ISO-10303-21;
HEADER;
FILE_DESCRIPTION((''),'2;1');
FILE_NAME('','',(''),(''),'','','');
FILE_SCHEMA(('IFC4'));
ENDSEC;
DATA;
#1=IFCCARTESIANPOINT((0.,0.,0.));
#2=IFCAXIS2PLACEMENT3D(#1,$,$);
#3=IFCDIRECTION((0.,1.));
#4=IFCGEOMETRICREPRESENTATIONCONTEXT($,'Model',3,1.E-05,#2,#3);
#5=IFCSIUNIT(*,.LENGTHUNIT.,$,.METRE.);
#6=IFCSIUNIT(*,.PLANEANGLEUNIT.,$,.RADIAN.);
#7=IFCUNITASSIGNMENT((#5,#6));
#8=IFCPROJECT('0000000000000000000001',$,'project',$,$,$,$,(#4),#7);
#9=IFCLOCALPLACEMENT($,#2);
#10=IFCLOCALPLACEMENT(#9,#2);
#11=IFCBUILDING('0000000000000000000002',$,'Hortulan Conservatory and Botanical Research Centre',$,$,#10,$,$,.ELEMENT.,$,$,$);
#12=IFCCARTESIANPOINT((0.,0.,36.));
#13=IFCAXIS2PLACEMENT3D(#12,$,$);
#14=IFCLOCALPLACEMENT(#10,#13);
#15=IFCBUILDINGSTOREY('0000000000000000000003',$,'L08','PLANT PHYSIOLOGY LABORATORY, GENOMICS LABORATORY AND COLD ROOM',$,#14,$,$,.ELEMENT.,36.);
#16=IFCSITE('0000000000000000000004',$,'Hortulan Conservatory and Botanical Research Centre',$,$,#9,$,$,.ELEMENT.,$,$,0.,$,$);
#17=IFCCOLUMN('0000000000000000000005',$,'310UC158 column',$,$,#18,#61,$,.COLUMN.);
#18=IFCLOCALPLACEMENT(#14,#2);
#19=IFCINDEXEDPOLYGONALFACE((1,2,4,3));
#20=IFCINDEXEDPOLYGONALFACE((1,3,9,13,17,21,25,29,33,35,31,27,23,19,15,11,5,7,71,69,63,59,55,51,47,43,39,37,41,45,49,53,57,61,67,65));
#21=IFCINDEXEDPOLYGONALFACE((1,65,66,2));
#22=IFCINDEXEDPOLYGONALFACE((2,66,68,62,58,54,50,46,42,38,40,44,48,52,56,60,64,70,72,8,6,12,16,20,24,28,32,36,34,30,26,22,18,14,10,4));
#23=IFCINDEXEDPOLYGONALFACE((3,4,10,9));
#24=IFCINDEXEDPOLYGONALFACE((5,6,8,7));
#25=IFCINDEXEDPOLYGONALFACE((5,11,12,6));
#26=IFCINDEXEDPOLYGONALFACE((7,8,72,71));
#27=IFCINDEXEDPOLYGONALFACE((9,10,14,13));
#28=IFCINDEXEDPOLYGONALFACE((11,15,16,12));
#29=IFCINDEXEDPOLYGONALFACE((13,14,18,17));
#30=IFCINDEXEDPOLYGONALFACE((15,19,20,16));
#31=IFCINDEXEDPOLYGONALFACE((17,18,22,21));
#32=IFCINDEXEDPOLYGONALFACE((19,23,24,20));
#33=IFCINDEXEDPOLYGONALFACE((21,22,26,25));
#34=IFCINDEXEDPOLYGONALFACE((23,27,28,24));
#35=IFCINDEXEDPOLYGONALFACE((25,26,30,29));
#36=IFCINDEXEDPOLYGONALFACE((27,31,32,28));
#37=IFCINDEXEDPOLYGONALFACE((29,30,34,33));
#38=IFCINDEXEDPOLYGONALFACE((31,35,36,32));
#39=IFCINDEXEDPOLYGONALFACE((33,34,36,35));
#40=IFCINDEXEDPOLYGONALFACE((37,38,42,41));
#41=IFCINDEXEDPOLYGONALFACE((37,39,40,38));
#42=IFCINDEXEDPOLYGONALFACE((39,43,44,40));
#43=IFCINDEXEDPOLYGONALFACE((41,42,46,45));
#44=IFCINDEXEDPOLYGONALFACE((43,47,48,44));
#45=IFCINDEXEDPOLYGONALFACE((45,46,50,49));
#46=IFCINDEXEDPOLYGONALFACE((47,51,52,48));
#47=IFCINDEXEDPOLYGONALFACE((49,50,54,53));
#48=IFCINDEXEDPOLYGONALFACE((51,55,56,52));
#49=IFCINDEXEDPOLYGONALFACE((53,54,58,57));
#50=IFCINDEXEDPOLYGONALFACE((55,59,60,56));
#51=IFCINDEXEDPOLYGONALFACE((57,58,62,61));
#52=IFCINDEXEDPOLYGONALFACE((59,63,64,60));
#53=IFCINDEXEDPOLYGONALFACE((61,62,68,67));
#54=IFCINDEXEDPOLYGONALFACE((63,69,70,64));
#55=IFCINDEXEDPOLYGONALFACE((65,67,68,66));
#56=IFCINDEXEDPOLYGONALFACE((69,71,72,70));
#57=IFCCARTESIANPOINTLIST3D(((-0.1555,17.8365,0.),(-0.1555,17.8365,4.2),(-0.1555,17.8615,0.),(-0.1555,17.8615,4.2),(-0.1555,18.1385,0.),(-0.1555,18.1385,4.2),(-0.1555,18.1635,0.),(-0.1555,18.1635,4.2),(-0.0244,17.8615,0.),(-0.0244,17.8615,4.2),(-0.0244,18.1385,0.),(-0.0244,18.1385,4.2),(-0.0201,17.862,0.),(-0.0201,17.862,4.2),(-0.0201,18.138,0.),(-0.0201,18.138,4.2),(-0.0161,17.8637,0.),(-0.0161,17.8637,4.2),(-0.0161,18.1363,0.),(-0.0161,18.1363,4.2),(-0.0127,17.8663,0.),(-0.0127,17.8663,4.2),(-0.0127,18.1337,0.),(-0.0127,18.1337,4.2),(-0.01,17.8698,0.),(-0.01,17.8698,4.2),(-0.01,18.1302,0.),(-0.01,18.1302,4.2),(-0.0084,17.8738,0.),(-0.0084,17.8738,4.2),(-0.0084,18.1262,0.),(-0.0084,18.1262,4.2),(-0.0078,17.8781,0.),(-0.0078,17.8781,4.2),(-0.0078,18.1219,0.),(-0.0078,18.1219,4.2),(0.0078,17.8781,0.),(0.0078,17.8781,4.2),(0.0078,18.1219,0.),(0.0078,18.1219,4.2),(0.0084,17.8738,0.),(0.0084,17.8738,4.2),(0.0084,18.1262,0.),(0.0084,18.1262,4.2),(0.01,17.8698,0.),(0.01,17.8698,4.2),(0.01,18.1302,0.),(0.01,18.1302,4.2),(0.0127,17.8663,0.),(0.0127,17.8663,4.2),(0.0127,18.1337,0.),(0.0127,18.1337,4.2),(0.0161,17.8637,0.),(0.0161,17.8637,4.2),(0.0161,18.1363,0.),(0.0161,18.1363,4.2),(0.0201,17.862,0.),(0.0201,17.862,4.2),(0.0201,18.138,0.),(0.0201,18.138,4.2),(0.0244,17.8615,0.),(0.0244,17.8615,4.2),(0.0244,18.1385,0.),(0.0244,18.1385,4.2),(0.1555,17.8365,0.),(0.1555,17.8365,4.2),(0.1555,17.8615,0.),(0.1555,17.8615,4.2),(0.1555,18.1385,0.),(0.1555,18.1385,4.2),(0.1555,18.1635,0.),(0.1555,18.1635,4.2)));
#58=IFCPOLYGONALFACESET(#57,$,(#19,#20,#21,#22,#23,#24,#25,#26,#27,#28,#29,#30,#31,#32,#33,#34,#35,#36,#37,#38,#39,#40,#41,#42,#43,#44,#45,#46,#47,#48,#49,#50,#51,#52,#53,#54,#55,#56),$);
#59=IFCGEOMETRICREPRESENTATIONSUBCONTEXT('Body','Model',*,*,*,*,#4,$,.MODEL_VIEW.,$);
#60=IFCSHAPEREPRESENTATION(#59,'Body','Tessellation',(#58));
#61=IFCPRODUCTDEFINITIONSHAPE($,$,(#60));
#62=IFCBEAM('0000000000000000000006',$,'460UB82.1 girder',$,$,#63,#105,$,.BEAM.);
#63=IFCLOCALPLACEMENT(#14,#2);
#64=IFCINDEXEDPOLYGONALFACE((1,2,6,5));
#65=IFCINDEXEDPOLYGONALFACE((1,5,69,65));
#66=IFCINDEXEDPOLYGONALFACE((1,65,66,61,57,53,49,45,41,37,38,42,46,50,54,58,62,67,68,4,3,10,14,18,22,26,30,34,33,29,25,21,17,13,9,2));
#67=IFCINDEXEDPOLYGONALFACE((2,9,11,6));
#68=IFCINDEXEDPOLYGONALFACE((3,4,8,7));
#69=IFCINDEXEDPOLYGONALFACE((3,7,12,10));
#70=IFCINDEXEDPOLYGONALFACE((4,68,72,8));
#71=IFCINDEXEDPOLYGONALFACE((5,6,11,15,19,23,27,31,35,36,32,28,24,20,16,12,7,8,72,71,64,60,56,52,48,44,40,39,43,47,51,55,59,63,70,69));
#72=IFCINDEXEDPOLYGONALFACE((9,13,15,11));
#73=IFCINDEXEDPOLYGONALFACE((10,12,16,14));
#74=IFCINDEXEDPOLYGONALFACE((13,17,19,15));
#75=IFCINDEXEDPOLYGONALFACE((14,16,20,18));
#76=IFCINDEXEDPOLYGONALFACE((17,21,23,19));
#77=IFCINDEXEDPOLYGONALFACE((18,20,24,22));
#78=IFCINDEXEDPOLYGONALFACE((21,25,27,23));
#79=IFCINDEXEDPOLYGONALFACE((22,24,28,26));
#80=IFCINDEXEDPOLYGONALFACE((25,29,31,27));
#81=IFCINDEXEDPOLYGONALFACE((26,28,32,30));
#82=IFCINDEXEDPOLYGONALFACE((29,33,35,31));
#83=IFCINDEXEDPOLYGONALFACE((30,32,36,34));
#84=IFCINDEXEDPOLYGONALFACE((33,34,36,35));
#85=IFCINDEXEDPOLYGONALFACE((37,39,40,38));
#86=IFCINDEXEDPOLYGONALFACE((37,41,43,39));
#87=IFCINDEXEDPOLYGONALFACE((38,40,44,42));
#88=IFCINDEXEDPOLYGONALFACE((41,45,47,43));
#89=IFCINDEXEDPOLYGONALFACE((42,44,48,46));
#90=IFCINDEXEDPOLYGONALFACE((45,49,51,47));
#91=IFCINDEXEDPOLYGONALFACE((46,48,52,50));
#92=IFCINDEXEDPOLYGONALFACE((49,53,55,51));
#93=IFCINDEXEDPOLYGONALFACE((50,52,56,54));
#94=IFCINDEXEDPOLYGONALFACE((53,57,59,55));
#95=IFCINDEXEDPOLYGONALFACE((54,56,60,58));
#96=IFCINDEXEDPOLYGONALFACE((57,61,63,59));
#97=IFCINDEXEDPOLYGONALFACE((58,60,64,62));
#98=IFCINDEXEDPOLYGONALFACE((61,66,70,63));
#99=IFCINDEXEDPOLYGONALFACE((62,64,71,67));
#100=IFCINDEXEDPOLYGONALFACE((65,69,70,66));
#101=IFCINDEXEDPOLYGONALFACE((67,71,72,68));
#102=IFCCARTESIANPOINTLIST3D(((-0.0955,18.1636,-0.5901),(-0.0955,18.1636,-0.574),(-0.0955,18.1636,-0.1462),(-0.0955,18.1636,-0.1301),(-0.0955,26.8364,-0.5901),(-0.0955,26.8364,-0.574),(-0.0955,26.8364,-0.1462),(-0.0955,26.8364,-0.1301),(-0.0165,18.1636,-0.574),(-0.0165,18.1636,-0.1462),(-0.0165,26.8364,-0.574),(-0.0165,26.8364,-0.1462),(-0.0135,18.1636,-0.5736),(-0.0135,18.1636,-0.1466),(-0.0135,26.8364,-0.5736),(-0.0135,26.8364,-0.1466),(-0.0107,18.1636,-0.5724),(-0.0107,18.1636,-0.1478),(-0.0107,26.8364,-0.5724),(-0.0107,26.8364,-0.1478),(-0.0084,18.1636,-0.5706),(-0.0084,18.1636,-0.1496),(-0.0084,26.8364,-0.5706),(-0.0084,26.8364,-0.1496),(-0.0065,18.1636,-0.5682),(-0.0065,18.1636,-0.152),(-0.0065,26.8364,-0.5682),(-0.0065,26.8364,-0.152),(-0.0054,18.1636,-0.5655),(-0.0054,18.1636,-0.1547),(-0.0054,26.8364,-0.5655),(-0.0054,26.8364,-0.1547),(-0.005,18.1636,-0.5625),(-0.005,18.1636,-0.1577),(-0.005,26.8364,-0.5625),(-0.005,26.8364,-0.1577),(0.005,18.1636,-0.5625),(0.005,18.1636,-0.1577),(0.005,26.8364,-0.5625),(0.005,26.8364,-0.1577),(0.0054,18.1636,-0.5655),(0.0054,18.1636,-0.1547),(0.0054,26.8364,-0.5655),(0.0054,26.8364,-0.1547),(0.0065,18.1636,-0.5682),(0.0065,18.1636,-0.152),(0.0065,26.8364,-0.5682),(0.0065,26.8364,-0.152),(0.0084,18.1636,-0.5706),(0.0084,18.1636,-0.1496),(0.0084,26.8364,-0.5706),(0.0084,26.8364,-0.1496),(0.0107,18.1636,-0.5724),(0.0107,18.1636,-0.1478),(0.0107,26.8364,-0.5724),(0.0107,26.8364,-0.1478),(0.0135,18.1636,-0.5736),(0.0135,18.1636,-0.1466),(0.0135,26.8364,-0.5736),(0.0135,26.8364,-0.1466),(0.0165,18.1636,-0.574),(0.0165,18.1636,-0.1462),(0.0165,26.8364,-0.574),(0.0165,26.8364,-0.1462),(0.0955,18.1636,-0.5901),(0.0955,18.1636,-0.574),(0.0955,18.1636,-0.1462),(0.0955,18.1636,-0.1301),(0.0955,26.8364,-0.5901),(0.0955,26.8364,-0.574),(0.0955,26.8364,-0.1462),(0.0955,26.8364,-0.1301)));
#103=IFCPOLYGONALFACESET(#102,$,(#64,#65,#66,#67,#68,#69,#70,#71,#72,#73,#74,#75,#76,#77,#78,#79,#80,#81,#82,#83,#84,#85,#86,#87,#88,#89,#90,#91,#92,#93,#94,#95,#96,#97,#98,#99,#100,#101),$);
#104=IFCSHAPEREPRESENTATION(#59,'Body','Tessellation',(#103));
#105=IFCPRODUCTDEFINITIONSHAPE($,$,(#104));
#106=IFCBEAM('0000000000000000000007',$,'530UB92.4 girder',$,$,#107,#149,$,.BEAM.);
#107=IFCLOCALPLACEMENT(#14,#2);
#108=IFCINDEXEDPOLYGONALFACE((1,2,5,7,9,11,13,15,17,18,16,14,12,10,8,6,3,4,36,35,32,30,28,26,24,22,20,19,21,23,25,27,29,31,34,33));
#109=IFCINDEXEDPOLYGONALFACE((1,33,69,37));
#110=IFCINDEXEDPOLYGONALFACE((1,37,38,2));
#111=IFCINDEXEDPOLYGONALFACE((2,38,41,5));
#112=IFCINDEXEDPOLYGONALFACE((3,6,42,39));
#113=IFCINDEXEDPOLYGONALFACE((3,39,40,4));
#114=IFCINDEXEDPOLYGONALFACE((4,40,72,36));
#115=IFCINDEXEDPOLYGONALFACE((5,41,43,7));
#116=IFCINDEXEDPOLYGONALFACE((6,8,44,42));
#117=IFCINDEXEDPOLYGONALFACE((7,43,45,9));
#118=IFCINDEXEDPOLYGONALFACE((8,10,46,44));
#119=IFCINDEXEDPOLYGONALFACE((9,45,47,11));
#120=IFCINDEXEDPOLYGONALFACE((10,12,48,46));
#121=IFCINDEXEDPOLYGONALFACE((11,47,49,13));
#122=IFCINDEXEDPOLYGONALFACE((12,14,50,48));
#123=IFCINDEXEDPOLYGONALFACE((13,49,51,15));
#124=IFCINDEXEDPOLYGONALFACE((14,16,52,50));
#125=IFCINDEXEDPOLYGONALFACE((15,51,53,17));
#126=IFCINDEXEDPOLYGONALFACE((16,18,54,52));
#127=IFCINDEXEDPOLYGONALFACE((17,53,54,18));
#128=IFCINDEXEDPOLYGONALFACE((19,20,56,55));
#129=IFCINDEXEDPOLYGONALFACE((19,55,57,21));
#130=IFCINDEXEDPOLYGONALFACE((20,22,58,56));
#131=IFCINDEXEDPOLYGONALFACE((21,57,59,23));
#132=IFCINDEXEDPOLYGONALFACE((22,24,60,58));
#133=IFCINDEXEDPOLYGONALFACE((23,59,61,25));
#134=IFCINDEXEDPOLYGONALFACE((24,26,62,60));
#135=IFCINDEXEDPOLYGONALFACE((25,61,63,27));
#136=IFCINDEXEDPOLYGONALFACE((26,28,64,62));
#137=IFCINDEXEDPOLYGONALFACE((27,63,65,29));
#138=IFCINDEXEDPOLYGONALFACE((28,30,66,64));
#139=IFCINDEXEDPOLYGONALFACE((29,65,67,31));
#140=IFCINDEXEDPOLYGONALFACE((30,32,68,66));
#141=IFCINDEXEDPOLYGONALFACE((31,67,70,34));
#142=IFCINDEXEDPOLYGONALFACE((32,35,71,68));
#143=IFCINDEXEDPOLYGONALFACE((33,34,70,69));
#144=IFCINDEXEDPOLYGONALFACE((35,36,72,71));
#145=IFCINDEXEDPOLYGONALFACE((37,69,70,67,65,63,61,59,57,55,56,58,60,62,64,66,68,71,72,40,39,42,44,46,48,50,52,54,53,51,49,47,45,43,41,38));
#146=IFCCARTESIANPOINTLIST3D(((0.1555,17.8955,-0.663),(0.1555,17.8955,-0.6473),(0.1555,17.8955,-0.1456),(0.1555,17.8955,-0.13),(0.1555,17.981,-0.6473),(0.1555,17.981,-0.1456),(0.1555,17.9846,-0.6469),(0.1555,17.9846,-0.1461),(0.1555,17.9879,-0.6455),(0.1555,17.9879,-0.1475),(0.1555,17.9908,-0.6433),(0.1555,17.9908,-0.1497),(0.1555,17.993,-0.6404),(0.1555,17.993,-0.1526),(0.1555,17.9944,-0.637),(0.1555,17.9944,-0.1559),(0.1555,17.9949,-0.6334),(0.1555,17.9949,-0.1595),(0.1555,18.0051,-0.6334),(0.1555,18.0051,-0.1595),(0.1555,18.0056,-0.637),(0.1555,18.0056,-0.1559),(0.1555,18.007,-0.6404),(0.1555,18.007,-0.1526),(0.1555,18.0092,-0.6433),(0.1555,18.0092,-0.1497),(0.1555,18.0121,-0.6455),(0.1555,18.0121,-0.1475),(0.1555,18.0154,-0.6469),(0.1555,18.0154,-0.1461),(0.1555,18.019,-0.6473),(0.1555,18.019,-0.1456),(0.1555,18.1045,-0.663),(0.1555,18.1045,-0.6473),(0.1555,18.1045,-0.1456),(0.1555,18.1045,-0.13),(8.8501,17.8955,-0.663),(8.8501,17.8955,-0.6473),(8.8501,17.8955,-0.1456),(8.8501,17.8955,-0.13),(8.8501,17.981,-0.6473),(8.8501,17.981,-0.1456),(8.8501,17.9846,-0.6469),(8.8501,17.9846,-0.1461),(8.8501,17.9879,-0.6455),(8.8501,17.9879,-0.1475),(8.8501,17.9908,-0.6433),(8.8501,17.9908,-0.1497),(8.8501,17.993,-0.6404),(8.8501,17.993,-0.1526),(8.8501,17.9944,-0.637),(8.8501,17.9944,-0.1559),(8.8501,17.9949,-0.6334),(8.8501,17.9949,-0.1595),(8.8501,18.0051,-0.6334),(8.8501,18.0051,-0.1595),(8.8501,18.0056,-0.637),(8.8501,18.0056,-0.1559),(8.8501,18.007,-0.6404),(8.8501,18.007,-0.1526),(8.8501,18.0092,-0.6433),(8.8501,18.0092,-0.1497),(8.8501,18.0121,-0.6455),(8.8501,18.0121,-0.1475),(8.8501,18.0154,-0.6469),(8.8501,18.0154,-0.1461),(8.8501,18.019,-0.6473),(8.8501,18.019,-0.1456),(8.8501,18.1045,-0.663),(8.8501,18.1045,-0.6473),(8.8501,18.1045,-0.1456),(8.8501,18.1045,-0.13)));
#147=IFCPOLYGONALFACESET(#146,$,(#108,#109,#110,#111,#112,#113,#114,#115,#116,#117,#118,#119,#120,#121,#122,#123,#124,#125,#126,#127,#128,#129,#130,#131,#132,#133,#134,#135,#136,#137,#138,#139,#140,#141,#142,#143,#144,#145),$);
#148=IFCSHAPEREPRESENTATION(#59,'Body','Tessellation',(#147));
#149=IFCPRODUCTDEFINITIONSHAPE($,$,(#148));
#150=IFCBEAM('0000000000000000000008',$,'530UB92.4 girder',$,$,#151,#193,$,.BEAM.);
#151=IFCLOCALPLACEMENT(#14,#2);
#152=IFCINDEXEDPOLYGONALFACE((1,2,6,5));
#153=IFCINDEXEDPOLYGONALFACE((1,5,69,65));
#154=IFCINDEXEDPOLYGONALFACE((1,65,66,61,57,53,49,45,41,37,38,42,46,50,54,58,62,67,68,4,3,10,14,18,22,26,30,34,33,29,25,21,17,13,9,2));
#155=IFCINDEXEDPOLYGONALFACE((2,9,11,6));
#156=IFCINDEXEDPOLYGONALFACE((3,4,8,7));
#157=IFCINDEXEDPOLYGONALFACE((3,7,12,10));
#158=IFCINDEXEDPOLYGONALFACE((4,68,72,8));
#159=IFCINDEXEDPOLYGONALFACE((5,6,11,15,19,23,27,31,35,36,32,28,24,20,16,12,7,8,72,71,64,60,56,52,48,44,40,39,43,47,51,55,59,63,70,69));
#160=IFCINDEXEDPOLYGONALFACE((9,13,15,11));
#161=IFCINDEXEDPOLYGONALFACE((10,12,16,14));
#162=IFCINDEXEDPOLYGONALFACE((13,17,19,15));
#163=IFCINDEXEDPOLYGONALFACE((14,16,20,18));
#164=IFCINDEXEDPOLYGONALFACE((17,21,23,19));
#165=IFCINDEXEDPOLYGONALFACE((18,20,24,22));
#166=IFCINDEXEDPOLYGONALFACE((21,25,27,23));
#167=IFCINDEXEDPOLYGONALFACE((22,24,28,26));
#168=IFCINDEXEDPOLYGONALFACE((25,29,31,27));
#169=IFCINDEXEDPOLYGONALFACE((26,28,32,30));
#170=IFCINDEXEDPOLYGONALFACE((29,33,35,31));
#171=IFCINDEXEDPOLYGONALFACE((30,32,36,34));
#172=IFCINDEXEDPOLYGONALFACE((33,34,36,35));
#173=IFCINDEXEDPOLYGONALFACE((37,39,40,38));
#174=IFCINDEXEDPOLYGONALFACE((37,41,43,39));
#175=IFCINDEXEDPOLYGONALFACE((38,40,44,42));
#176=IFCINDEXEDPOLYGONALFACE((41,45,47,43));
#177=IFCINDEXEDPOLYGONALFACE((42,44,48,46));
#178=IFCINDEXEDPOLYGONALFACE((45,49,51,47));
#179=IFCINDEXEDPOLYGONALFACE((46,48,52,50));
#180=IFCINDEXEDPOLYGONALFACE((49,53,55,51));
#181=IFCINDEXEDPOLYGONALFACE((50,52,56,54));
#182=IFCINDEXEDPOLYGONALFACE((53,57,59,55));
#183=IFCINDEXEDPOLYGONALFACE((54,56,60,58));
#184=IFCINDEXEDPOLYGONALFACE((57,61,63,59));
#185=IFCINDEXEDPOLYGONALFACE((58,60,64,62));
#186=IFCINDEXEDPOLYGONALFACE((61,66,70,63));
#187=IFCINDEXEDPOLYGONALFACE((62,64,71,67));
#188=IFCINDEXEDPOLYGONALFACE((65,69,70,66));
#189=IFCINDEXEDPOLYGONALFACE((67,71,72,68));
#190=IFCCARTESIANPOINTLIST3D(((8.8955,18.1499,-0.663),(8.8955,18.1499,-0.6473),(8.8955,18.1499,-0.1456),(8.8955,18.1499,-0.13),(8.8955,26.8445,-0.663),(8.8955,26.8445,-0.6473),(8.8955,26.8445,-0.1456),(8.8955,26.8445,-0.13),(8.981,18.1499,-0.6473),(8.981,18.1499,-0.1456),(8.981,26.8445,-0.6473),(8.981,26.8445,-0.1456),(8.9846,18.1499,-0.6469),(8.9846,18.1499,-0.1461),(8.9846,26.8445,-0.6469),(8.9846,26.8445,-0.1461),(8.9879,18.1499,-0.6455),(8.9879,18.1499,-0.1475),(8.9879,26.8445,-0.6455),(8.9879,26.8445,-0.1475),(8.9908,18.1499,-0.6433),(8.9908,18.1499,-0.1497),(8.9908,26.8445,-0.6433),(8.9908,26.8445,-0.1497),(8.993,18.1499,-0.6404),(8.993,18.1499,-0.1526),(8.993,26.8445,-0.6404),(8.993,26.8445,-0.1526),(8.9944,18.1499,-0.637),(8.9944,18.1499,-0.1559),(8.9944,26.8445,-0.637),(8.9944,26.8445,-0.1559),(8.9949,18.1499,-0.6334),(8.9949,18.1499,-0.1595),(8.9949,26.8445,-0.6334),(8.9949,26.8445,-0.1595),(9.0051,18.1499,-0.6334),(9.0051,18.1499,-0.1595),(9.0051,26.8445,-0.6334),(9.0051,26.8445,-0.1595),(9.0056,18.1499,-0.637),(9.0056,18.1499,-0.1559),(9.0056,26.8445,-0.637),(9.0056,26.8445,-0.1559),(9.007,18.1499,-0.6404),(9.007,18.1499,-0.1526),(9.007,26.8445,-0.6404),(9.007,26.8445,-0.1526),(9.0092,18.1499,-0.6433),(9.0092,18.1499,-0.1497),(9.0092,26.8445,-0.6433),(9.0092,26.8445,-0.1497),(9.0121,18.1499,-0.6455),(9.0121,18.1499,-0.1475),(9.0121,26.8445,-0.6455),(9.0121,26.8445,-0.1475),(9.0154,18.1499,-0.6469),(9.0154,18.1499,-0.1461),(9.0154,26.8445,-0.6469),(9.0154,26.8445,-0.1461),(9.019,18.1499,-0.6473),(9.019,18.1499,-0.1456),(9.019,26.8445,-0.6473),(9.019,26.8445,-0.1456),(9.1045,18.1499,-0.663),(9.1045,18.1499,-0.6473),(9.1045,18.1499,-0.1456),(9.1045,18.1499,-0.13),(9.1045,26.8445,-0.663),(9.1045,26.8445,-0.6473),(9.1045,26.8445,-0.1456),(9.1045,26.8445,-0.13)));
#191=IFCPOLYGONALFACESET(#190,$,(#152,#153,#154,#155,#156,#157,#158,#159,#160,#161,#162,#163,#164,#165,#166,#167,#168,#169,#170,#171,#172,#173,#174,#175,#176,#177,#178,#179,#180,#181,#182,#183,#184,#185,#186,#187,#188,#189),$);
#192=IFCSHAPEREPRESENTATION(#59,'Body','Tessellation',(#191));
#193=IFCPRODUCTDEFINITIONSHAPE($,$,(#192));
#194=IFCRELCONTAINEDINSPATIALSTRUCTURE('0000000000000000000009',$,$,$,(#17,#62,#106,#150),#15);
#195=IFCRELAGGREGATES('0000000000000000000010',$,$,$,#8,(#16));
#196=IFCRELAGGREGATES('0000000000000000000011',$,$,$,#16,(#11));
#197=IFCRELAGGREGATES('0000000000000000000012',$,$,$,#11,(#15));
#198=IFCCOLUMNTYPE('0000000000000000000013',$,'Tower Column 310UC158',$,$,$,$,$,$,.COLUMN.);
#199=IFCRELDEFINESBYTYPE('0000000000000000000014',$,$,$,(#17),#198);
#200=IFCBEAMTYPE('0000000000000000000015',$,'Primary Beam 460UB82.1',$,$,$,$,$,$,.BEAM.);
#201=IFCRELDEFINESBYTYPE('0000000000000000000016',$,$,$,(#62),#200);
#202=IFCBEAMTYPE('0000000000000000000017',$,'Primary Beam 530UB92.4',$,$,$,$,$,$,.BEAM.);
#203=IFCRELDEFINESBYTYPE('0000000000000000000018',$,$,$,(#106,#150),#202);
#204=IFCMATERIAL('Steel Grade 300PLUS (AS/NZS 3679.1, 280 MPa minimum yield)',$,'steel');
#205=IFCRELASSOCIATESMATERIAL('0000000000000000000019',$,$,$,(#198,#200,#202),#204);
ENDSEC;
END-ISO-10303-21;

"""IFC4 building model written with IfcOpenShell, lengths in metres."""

from ifc_helpers import new_model, si_unit, direction, frame, origin, origin_2d, place, context, subcontext, project, spatial, i_section, extrude, material, material_profile, profile_set, type_object, element, save


model = new_model("IFC4")

# Units and contexts
model_context = context("Model", 3, precision=1e-05, world=origin(), true_north=direction((0.0, 1.0)))
body_context = subcontext(model_context, "Body", "Model", "MODEL_VIEW")
ifc_project = project(units=[si_unit("LENGTHUNIT", "METRE"), si_unit("PLANEANGLEUNIT", "RADIAN")], contexts=[model_context])

# Site, building, storey
site_placement = place(None, origin())
site = spatial("IfcSite", under=ifc_project, at=site_placement, Name="Hortulan Conservatory and Botanical Research Centre", CompositionType="ELEMENT", RefElevation=0.0)
building_placement = place(site_placement, origin())
building = spatial("IfcBuilding", under=site, at=building_placement, Name="Hortulan Conservatory and Botanical Research Centre", CompositionType="ELEMENT")
storey_placement = place(building_placement, frame((0.0, 0.0, 36.0)))
storey = spatial("IfcBuildingStorey", under=building, at=storey_placement, Name="L08", Description="PLANT PHYSIOLOGY LABORATORY, GENOMICS LABORATORY AND COLD ROOM", CompositionType="ELEMENT", Elevation=36.0)

# Column
ifc_material_1 = material(Name="Steel Grade 300PLUS (AS/NZS 3679.1, 280 MPa minimum yield)", Category="steel")
ifc_material_profile_1 = material_profile(ifc_material_1, i_section(OverallWidth=0.311, OverallDepth=0.3269, WebThickness=0.0156, FlangeThickness=0.0249, FilletRadius=0.0166, at=origin_2d()), Name="310UC158")
ifc_profile_set_1 = profile_set([ifc_material_profile_1], Name="Steel Grade 300PLUS (AS/NZS 3679.1, 280 MPa minimum yield)")
column_type = type_object("IfcColumnType", Name="Tower Column 310UC158", PredefinedType="COLUMN", material=ifc_profile_set_1)
column_placement = place(storey_placement, frame((0.0, 18.0, 0.0), z_axis=(0.0, 0.0, 1.0), x_axis=(1.0, 0.0, 0.0)))
element("IfcColumn", 1, at=column_placement, inside=storey, type_object=column_type, Name="310UC158 column", PredefinedType="COLUMN", context=body_context, shape_type="SweptSolid", body=[
    extrude(i_section(OverallWidth=0.311, OverallDepth=0.3269, WebThickness=0.0156, FlangeThickness=0.0249, FilletRadius=0.0166, at=origin_2d()), origin(), (0.0, 0.0, 1.0), 4.2),
])

# Beams
ifc_material_profile_2 = material_profile(ifc_material_1, i_section(OverallWidth=0.1909, OverallDepth=0.46, WebThickness=0.01, FlangeThickness=0.0161, FilletRadius=0.0115, at=origin_2d()), Name="460UB82.1")
ifc_profile_set_2 = profile_set([ifc_material_profile_2], Name="Steel Grade 300PLUS (AS/NZS 3679.1, 280 MPa minimum yield)")
beam_type_1 = type_object("IfcBeamType", Name="Primary Beam 460UB82.1", PredefinedType="BEAM", material=ifc_profile_set_2)
beam_1_placement = place(storey_placement, frame((0.0, 18.1636, -0.3601), z_axis=(0.0, 1.0, 0.0), x_axis=(-1.0, 0.0, 0.0)))
element("IfcBeam", 2, at=beam_1_placement, inside=storey, type_object=beam_type_1, Name="460UB82.1 girder", PredefinedType="BEAM", context=body_context, shape_type="SweptSolid", body=[
    extrude(i_section(OverallWidth=0.1909, OverallDepth=0.46, WebThickness=0.01, FlangeThickness=0.0161, FilletRadius=0.0115, at=origin_2d()), origin(), (0.0, 0.0, 1.0), 8.6729),
])
ifc_material_profile_3 = material_profile(ifc_material_1, i_section(OverallWidth=0.209, OverallDepth=0.533, WebThickness=0.0103, FlangeThickness=0.0156, FilletRadius=0.0139, at=origin_2d()), Name="530UB92.4")
ifc_profile_set_3 = profile_set([ifc_material_profile_3], Name="Steel Grade 300PLUS (AS/NZS 3679.1, 280 MPa minimum yield)")
beam_type_2 = type_object("IfcBeamType", Name="Primary Beam 530UB92.4", PredefinedType="BEAM", material=ifc_profile_set_3)
for number, where, z_axis, x_axis, name in (
    (3, (0.1555, 18.0, -0.3965), (1.0, 0.0, 0.0), (0.0, 1.0, 0.0), "530UB92.4 girder"),
    (4, (9.0, 18.1499, -0.3965), (0.0, 1.0, 0.0), (-1.0, 0.0, 0.0), "530UB92.4 girder"),
):
    element("IfcBeam", number, at=place(storey_placement, frame(where, z_axis=z_axis, x_axis=x_axis)), inside=storey, type_object=beam_type_2, Name=name, PredefinedType="BEAM", context=body_context, shape_type="SweptSolid", body=[
        extrude(i_section(OverallWidth=0.209, OverallDepth=0.533, WebThickness=0.0103, FlangeThickness=0.0156, FilletRadius=0.0139, at=origin_2d()), origin(), (0.0, 0.0, 1.0), 8.6946),
    ])

save(model, "model.ifc")
